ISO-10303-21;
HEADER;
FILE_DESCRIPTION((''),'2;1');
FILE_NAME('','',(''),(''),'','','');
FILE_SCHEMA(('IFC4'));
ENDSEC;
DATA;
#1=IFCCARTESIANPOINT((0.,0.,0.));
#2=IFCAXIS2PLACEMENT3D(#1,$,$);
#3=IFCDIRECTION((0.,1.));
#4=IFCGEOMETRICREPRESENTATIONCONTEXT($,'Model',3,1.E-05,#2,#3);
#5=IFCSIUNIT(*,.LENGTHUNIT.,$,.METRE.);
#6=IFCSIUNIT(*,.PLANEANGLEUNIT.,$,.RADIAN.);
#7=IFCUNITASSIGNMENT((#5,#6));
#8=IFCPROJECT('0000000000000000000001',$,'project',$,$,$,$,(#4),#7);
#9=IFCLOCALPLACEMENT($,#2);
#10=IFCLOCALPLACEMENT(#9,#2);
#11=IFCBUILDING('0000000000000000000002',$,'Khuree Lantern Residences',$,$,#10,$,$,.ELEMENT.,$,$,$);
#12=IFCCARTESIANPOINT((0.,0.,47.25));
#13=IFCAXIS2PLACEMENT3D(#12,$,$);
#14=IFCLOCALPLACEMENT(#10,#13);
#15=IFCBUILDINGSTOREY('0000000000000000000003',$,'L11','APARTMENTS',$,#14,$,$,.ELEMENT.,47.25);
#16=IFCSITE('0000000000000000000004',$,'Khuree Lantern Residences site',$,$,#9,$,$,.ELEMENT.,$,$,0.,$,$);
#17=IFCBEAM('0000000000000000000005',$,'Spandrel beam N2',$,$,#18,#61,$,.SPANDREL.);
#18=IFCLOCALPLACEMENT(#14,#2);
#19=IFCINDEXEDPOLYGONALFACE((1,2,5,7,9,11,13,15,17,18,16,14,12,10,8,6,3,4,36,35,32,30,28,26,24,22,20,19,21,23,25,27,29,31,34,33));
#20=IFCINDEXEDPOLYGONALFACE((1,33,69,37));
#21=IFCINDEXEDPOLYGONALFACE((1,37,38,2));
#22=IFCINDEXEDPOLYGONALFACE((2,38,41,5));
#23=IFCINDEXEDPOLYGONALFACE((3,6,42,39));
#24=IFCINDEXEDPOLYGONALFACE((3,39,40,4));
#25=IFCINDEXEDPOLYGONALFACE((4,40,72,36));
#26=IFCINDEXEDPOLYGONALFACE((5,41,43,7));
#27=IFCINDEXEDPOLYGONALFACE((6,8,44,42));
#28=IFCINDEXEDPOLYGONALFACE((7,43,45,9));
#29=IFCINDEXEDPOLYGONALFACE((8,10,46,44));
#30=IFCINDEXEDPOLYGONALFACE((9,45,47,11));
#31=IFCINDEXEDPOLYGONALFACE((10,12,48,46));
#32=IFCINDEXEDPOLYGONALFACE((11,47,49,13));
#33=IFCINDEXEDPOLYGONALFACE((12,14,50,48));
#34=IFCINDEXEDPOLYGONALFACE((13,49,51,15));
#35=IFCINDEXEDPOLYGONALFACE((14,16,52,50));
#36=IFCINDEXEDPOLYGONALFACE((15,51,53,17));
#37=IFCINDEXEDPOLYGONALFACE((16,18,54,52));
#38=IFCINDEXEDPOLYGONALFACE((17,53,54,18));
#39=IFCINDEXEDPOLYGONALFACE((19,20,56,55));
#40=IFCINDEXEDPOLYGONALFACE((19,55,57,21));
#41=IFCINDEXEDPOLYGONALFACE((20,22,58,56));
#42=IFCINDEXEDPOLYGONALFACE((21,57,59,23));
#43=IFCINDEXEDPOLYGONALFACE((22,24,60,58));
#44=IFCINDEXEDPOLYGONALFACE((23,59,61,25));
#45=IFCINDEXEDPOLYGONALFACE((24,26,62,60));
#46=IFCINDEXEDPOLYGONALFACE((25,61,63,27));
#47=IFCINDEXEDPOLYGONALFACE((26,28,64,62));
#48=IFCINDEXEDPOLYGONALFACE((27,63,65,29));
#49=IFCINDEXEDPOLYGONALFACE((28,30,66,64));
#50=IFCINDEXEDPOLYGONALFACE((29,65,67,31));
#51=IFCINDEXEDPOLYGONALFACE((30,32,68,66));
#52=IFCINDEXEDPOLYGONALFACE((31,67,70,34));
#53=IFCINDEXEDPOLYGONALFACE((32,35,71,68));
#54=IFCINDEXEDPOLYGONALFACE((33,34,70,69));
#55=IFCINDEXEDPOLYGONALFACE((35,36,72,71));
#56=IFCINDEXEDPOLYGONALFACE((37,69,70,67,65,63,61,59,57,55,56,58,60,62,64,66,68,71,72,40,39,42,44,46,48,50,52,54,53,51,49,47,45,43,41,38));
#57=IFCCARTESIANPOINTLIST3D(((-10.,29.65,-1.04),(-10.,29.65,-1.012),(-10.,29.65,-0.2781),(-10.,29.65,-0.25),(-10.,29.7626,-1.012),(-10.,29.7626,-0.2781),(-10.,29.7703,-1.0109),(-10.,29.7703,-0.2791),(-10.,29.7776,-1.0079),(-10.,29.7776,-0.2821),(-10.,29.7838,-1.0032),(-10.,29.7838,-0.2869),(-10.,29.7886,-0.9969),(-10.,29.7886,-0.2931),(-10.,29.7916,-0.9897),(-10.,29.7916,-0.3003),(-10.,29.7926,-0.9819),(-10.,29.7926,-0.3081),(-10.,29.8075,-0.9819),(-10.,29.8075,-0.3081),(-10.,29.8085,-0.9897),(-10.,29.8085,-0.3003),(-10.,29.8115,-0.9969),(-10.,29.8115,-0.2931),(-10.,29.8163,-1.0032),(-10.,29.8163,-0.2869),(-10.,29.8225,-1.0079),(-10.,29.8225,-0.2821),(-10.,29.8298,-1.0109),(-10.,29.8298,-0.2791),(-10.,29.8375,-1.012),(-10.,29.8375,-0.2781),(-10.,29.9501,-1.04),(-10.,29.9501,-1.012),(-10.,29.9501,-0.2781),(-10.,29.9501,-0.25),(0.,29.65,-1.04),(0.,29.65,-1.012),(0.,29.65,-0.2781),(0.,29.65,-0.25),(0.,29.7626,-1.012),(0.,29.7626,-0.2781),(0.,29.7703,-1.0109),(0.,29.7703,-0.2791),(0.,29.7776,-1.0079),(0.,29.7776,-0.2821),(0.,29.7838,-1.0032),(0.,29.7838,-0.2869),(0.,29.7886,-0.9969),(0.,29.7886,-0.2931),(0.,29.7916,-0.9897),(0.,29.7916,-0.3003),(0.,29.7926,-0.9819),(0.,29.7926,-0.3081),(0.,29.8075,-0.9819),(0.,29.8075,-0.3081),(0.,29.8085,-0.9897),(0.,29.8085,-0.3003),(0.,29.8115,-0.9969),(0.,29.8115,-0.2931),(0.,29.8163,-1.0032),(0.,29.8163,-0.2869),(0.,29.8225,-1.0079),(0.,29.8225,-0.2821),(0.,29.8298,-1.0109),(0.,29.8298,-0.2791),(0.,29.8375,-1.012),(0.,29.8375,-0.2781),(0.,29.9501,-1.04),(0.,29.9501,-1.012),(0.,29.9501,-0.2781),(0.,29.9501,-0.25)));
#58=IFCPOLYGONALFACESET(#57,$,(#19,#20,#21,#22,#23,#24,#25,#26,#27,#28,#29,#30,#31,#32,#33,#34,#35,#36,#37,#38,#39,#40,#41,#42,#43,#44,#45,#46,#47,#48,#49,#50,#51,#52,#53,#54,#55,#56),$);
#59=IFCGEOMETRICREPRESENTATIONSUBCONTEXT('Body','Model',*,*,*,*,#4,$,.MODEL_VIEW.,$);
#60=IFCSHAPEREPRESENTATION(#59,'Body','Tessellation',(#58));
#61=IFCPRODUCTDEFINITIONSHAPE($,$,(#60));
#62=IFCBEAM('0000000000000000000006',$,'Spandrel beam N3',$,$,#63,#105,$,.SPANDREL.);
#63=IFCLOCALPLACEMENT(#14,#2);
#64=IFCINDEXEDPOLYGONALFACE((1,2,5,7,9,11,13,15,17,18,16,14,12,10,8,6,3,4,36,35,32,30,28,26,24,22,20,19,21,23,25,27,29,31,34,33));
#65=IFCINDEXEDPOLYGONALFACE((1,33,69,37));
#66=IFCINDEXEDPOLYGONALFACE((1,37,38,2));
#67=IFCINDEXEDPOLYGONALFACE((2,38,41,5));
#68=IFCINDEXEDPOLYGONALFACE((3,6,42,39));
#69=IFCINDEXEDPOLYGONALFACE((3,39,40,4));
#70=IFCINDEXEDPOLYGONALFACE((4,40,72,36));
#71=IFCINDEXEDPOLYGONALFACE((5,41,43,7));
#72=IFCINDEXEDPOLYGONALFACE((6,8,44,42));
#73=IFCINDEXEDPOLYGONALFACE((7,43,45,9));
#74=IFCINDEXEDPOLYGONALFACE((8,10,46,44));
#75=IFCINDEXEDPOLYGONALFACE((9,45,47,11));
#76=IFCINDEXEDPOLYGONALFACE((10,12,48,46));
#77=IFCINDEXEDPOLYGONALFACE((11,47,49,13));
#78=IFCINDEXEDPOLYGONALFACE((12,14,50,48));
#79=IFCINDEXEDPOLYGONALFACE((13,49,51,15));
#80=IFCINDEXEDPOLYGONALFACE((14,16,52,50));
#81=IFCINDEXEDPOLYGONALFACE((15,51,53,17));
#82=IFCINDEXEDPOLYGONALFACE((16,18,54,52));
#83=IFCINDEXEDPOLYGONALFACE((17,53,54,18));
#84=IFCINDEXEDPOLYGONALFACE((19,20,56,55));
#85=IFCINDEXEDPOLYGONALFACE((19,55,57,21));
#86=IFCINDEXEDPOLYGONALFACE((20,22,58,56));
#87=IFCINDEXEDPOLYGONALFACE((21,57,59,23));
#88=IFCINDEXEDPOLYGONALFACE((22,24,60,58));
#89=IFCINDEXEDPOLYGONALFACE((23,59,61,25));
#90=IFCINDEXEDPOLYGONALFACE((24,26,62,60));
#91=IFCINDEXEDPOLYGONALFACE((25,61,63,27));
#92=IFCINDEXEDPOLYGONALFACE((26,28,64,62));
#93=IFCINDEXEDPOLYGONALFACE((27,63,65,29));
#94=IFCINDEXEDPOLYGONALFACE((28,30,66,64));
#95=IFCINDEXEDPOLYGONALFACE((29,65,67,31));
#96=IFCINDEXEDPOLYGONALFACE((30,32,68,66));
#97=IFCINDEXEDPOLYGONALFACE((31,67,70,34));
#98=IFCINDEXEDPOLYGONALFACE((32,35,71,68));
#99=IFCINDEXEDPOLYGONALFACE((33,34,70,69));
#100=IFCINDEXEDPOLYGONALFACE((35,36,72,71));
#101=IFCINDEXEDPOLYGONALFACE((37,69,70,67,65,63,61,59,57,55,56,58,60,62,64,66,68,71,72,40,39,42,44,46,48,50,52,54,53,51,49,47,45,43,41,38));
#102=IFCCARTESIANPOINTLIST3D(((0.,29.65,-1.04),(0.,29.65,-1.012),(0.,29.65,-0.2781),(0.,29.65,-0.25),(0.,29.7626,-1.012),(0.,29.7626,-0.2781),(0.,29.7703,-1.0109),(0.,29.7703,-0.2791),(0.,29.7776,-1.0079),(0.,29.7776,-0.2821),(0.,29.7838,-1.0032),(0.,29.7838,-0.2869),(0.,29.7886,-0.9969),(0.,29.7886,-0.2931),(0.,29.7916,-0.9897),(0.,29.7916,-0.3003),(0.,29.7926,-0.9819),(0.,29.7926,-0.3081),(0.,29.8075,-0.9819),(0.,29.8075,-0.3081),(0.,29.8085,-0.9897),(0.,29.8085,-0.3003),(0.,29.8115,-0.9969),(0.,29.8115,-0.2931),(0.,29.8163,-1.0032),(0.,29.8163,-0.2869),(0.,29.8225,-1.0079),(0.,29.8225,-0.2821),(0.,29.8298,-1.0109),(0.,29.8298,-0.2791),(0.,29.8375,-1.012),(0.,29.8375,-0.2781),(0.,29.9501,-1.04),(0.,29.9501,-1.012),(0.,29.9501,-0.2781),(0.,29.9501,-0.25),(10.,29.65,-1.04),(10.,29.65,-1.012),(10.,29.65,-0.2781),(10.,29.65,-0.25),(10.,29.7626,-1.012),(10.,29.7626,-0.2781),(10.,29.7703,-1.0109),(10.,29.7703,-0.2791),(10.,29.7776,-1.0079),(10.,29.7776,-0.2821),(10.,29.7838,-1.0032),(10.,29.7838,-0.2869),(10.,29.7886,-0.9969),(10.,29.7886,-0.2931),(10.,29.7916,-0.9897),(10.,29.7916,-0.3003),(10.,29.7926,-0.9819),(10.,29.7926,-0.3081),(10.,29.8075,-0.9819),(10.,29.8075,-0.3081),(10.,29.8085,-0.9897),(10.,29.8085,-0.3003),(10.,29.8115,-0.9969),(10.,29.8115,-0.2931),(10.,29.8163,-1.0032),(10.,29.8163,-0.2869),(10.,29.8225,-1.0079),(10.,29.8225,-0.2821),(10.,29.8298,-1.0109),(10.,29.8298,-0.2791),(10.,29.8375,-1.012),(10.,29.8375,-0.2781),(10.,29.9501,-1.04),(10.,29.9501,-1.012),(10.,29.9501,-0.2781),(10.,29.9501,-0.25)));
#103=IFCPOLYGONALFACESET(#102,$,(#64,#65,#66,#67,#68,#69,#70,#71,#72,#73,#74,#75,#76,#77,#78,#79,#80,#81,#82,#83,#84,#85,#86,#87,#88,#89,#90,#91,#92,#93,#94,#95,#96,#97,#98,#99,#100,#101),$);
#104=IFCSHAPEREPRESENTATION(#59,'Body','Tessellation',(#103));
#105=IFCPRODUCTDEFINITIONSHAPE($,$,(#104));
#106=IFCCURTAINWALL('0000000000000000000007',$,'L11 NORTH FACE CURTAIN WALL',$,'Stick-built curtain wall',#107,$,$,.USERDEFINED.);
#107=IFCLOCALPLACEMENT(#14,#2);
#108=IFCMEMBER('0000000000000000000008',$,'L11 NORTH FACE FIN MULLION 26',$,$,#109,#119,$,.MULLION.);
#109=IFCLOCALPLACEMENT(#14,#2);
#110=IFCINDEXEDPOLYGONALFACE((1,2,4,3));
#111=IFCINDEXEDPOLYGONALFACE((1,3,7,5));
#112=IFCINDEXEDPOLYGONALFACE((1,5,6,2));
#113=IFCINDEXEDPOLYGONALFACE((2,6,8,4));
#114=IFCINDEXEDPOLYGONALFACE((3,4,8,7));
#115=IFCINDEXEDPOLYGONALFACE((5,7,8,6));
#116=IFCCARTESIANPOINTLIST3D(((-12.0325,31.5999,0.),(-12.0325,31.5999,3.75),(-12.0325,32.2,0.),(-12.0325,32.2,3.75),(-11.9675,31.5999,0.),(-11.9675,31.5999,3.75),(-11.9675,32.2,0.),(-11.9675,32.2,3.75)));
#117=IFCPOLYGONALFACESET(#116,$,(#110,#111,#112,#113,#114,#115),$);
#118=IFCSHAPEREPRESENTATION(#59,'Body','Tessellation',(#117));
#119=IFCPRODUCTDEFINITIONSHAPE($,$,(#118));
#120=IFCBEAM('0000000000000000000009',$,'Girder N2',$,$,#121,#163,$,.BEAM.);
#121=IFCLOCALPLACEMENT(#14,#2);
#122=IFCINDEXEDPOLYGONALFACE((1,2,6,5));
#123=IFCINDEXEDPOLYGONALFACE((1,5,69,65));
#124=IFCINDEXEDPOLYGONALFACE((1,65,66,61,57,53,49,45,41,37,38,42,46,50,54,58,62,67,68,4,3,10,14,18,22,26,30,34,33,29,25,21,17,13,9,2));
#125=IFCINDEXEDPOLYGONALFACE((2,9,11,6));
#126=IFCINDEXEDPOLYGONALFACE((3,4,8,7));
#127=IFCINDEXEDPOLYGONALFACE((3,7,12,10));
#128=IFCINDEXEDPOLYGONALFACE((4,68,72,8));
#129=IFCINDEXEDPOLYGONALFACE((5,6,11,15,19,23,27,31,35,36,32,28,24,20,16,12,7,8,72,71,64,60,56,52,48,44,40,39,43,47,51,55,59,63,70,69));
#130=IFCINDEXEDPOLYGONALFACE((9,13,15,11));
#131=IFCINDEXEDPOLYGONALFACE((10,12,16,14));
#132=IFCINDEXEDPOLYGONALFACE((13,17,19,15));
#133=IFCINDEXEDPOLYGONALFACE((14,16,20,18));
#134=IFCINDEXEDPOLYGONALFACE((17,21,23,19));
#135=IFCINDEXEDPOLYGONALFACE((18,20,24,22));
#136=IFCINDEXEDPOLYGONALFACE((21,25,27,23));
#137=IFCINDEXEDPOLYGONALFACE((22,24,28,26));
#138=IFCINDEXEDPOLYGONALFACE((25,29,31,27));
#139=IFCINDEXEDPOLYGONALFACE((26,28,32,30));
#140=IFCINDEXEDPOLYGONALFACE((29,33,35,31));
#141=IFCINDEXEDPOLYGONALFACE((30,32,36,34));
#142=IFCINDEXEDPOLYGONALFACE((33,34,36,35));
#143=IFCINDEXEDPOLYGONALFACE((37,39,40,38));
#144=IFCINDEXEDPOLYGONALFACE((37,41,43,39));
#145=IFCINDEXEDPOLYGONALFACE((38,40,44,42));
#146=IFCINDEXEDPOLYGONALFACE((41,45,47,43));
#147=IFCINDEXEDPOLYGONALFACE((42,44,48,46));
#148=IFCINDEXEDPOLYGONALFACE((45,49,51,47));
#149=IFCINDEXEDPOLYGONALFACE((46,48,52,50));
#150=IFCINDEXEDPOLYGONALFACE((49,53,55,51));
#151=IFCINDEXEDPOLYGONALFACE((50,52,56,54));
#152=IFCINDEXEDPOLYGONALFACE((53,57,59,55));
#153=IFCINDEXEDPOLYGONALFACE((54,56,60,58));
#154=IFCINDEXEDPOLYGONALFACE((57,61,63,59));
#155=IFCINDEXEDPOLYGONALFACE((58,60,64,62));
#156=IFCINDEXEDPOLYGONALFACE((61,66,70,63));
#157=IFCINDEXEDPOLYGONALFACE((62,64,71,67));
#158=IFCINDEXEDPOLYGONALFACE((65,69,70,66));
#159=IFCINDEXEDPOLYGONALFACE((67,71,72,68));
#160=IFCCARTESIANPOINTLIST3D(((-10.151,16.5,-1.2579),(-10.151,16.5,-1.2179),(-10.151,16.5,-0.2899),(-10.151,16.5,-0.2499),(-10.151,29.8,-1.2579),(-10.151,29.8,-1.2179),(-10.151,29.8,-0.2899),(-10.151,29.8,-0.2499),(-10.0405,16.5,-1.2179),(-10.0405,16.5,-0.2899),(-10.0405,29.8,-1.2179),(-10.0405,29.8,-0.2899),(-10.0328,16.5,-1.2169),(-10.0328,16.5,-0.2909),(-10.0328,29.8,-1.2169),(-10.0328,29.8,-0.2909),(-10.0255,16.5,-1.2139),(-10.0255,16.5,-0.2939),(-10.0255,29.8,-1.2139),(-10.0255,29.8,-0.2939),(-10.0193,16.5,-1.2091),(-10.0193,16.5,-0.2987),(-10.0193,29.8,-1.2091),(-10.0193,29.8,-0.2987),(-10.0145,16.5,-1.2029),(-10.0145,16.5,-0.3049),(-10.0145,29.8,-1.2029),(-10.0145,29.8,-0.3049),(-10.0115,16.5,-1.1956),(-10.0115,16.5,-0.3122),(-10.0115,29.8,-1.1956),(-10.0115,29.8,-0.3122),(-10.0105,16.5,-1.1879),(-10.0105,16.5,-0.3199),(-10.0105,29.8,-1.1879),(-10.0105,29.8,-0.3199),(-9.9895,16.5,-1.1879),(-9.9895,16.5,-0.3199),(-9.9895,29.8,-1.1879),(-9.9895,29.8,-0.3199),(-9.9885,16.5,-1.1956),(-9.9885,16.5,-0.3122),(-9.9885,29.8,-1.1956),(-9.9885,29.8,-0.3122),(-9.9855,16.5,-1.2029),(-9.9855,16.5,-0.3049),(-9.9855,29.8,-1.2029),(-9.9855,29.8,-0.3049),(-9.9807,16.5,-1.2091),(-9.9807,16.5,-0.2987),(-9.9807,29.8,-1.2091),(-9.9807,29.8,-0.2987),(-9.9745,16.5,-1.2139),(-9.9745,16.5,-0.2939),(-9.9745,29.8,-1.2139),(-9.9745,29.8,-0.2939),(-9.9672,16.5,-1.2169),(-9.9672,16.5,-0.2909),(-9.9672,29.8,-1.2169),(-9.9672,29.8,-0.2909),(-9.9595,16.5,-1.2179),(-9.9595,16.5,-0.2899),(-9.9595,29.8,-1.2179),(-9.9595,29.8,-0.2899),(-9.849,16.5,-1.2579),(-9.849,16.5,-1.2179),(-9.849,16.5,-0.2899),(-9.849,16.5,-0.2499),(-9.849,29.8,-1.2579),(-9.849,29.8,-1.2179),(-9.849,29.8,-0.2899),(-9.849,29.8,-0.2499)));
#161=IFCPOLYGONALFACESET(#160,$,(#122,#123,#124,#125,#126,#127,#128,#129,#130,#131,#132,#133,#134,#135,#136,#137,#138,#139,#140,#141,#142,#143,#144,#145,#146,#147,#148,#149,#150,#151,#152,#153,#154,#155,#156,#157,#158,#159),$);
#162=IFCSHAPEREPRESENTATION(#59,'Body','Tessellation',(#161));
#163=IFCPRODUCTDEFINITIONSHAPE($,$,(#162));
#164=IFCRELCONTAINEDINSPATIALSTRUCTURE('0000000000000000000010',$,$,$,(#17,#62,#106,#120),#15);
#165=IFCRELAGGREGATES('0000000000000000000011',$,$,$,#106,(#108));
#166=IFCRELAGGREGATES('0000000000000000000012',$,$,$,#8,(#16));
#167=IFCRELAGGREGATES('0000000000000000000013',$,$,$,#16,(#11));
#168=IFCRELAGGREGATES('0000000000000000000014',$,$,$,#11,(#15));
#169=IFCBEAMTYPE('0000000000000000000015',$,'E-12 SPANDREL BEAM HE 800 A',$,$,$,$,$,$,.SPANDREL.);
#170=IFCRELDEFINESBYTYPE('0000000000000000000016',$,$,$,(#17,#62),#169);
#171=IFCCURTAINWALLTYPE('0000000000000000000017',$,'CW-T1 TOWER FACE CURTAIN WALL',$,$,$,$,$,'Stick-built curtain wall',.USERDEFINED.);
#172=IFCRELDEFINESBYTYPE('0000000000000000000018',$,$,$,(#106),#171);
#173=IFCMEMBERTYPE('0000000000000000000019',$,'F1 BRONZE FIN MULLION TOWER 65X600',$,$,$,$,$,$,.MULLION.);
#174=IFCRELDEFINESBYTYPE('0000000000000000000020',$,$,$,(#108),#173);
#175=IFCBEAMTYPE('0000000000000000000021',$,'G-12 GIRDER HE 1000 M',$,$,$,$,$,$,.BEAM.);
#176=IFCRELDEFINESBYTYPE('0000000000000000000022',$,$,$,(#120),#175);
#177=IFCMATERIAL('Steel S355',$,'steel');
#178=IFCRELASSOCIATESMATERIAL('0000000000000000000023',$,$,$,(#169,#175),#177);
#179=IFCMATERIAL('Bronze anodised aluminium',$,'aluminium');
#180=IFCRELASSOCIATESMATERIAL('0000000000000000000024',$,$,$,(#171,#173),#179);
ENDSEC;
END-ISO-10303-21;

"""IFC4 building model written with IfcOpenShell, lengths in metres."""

from ifc_helpers import new_model, si_unit, direction, frame, origin, origin_2d, place, context, subcontext, project, spatial, rectangle, i_section, extrude, material, material_profile, profile_set, type_object, element, aggregate, save


model = new_model("IFC4")

# Units and contexts
model_context = context("Model", 3, precision=1e-05, world=origin(), true_north=direction((0.0, 1.0)))
body_context = subcontext(model_context, "Body", "Model", "MODEL_VIEW")
ifc_project = project(units=[si_unit("LENGTHUNIT", "METRE"), si_unit("PLANEANGLEUNIT", "RADIAN")], contexts=[model_context])

# Site, building, storey
site_placement = place(None, origin())
site = spatial("IfcSite", under=ifc_project, at=site_placement, Name="Khuree Lantern Residences site", CompositionType="ELEMENT", RefElevation=0.0)
building_placement = place(site_placement, origin())
building = spatial("IfcBuilding", under=site, at=building_placement, Name="Khuree Lantern Residences", CompositionType="ELEMENT")
storey_placement = place(building_placement, frame((0.0, 0.0, 47.25)))
storey = spatial("IfcBuildingStorey", under=building, at=storey_placement, Name="L11", Description="APARTMENTS", CompositionType="ELEMENT", Elevation=47.25)

# Beams
ifc_material_1 = material(Name="Steel S355", Category="steel")
ifc_material_profile_1 = material_profile(ifc_material_1, i_section(OverallWidth=0.3, OverallDepth=0.79, WebThickness=0.0149, FlangeThickness=0.0281, FilletRadius=0.03, at=origin_2d()), Name="HE 800 A")
ifc_profile_set_1 = profile_set([ifc_material_profile_1], Name="Steel S355")
beam_type_1 = type_object("IfcBeamType", Name="E-12 SPANDREL BEAM HE 800 A", PredefinedType="SPANDREL", material=ifc_profile_set_1)
for number, where, z_axis, x_axis, name in (
    (1, (-10.0, 29.8, -0.645), (1.0, 0.0, 0.0), (0.0, 1.0, 0.0), "Spandrel beam N2"),
    (2, (0.0, 29.8, -0.645), (1.0, 0.0, 0.0), (0.0, 1.0, 0.0), "Spandrel beam N3"),
):
    element("IfcBeam", number, at=place(storey_placement, frame(where, z_axis=z_axis, x_axis=x_axis)), inside=storey, type_object=beam_type_1, Name=name, PredefinedType="SPANDREL", context=body_context, shape_type="SweptSolid", body=[
        extrude(i_section(OverallWidth=0.3, OverallDepth=0.79, WebThickness=0.0149, FlangeThickness=0.0281, FilletRadius=0.03, at=origin_2d()), origin(), (0.0, 0.0, 1.0), 10.0),
    ])

# Curtain wall, member
ifc_material_2 = material(Name="Bronze anodised aluminium", Category="aluminium")
curtain_wall_type = type_object("IfcCurtainWallType", Name="CW-T1 TOWER FACE CURTAIN WALL", ElementType="Stick-built curtain wall", PredefinedType="USERDEFINED", material=ifc_material_2)
curtain_wall_placement = place(storey_placement, origin())
curtain_wall = element("IfcCurtainWall", 3, at=curtain_wall_placement, inside=storey, type_object=curtain_wall_type, Name="L11 NORTH FACE CURTAIN WALL", ObjectType="Stick-built curtain wall", PredefinedType="USERDEFINED")
ifc_material_profile_2 = material_profile(ifc_material_2, rectangle(XDim=0.0649, YDim=0.6001, at=origin_2d()), Name="F1 65X600")
ifc_profile_set_2 = profile_set([ifc_material_profile_2], Name="Bronze anodised aluminium")
member_type_1 = type_object("IfcMemberType", Name="F1 BRONZE FIN MULLION TOWER 65X600", PredefinedType="MULLION", material=ifc_profile_set_2)
member_1_placement = place(storey_placement, frame((-12.0, 31.8999, 0.0), z_axis=(0.0, 0.0, 1.0), x_axis=(-1.0, 0.0, 0.0)))
member_1 = element("IfcMember", 4, at=member_1_placement, type_object=member_type_1, Name="L11 NORTH FACE FIN MULLION 26", PredefinedType="MULLION", context=body_context, shape_type="SweptSolid", body=[
    extrude(rectangle(XDim=0.0649, YDim=0.6001, at=origin_2d()), origin(), (0.0, 0.0, 1.0), 3.75),
])

# Beam
ifc_material_profile_3 = material_profile(ifc_material_1, i_section(OverallWidth=0.302, OverallDepth=1.0081, WebThickness=0.021, FlangeThickness=0.04, FilletRadius=0.03, at=origin_2d()), Name="HE 1000 M")
ifc_profile_set_3 = profile_set([ifc_material_profile_3], Name="Steel S355")
beam_type_2 = type_object("IfcBeamType", Name="G-12 GIRDER HE 1000 M", PredefinedType="BEAM", material=ifc_profile_set_3)
for number, where, z_axis, x_axis, name in (
    (5, (-10.0, 29.8, -0.7539), (0.0, -1.0, 0.0), (1.0, 0.0, 0.0), "Girder N2"),
):
    element("IfcBeam", number, at=place(storey_placement, frame(where, z_axis=z_axis, x_axis=x_axis)), inside=storey, type_object=beam_type_2, Name=name, PredefinedType="BEAM", context=body_context, shape_type="SweptSolid", body=[
        extrude(i_section(OverallWidth=0.302, OverallDepth=1.0081, WebThickness=0.021, FlangeThickness=0.04, FilletRadius=0.03, at=origin_2d()), origin(), (0.0, 0.0, 1.0), 13.3),
    ])

aggregate(curtain_wall, [member_1])

save(model, "model.ifc")
